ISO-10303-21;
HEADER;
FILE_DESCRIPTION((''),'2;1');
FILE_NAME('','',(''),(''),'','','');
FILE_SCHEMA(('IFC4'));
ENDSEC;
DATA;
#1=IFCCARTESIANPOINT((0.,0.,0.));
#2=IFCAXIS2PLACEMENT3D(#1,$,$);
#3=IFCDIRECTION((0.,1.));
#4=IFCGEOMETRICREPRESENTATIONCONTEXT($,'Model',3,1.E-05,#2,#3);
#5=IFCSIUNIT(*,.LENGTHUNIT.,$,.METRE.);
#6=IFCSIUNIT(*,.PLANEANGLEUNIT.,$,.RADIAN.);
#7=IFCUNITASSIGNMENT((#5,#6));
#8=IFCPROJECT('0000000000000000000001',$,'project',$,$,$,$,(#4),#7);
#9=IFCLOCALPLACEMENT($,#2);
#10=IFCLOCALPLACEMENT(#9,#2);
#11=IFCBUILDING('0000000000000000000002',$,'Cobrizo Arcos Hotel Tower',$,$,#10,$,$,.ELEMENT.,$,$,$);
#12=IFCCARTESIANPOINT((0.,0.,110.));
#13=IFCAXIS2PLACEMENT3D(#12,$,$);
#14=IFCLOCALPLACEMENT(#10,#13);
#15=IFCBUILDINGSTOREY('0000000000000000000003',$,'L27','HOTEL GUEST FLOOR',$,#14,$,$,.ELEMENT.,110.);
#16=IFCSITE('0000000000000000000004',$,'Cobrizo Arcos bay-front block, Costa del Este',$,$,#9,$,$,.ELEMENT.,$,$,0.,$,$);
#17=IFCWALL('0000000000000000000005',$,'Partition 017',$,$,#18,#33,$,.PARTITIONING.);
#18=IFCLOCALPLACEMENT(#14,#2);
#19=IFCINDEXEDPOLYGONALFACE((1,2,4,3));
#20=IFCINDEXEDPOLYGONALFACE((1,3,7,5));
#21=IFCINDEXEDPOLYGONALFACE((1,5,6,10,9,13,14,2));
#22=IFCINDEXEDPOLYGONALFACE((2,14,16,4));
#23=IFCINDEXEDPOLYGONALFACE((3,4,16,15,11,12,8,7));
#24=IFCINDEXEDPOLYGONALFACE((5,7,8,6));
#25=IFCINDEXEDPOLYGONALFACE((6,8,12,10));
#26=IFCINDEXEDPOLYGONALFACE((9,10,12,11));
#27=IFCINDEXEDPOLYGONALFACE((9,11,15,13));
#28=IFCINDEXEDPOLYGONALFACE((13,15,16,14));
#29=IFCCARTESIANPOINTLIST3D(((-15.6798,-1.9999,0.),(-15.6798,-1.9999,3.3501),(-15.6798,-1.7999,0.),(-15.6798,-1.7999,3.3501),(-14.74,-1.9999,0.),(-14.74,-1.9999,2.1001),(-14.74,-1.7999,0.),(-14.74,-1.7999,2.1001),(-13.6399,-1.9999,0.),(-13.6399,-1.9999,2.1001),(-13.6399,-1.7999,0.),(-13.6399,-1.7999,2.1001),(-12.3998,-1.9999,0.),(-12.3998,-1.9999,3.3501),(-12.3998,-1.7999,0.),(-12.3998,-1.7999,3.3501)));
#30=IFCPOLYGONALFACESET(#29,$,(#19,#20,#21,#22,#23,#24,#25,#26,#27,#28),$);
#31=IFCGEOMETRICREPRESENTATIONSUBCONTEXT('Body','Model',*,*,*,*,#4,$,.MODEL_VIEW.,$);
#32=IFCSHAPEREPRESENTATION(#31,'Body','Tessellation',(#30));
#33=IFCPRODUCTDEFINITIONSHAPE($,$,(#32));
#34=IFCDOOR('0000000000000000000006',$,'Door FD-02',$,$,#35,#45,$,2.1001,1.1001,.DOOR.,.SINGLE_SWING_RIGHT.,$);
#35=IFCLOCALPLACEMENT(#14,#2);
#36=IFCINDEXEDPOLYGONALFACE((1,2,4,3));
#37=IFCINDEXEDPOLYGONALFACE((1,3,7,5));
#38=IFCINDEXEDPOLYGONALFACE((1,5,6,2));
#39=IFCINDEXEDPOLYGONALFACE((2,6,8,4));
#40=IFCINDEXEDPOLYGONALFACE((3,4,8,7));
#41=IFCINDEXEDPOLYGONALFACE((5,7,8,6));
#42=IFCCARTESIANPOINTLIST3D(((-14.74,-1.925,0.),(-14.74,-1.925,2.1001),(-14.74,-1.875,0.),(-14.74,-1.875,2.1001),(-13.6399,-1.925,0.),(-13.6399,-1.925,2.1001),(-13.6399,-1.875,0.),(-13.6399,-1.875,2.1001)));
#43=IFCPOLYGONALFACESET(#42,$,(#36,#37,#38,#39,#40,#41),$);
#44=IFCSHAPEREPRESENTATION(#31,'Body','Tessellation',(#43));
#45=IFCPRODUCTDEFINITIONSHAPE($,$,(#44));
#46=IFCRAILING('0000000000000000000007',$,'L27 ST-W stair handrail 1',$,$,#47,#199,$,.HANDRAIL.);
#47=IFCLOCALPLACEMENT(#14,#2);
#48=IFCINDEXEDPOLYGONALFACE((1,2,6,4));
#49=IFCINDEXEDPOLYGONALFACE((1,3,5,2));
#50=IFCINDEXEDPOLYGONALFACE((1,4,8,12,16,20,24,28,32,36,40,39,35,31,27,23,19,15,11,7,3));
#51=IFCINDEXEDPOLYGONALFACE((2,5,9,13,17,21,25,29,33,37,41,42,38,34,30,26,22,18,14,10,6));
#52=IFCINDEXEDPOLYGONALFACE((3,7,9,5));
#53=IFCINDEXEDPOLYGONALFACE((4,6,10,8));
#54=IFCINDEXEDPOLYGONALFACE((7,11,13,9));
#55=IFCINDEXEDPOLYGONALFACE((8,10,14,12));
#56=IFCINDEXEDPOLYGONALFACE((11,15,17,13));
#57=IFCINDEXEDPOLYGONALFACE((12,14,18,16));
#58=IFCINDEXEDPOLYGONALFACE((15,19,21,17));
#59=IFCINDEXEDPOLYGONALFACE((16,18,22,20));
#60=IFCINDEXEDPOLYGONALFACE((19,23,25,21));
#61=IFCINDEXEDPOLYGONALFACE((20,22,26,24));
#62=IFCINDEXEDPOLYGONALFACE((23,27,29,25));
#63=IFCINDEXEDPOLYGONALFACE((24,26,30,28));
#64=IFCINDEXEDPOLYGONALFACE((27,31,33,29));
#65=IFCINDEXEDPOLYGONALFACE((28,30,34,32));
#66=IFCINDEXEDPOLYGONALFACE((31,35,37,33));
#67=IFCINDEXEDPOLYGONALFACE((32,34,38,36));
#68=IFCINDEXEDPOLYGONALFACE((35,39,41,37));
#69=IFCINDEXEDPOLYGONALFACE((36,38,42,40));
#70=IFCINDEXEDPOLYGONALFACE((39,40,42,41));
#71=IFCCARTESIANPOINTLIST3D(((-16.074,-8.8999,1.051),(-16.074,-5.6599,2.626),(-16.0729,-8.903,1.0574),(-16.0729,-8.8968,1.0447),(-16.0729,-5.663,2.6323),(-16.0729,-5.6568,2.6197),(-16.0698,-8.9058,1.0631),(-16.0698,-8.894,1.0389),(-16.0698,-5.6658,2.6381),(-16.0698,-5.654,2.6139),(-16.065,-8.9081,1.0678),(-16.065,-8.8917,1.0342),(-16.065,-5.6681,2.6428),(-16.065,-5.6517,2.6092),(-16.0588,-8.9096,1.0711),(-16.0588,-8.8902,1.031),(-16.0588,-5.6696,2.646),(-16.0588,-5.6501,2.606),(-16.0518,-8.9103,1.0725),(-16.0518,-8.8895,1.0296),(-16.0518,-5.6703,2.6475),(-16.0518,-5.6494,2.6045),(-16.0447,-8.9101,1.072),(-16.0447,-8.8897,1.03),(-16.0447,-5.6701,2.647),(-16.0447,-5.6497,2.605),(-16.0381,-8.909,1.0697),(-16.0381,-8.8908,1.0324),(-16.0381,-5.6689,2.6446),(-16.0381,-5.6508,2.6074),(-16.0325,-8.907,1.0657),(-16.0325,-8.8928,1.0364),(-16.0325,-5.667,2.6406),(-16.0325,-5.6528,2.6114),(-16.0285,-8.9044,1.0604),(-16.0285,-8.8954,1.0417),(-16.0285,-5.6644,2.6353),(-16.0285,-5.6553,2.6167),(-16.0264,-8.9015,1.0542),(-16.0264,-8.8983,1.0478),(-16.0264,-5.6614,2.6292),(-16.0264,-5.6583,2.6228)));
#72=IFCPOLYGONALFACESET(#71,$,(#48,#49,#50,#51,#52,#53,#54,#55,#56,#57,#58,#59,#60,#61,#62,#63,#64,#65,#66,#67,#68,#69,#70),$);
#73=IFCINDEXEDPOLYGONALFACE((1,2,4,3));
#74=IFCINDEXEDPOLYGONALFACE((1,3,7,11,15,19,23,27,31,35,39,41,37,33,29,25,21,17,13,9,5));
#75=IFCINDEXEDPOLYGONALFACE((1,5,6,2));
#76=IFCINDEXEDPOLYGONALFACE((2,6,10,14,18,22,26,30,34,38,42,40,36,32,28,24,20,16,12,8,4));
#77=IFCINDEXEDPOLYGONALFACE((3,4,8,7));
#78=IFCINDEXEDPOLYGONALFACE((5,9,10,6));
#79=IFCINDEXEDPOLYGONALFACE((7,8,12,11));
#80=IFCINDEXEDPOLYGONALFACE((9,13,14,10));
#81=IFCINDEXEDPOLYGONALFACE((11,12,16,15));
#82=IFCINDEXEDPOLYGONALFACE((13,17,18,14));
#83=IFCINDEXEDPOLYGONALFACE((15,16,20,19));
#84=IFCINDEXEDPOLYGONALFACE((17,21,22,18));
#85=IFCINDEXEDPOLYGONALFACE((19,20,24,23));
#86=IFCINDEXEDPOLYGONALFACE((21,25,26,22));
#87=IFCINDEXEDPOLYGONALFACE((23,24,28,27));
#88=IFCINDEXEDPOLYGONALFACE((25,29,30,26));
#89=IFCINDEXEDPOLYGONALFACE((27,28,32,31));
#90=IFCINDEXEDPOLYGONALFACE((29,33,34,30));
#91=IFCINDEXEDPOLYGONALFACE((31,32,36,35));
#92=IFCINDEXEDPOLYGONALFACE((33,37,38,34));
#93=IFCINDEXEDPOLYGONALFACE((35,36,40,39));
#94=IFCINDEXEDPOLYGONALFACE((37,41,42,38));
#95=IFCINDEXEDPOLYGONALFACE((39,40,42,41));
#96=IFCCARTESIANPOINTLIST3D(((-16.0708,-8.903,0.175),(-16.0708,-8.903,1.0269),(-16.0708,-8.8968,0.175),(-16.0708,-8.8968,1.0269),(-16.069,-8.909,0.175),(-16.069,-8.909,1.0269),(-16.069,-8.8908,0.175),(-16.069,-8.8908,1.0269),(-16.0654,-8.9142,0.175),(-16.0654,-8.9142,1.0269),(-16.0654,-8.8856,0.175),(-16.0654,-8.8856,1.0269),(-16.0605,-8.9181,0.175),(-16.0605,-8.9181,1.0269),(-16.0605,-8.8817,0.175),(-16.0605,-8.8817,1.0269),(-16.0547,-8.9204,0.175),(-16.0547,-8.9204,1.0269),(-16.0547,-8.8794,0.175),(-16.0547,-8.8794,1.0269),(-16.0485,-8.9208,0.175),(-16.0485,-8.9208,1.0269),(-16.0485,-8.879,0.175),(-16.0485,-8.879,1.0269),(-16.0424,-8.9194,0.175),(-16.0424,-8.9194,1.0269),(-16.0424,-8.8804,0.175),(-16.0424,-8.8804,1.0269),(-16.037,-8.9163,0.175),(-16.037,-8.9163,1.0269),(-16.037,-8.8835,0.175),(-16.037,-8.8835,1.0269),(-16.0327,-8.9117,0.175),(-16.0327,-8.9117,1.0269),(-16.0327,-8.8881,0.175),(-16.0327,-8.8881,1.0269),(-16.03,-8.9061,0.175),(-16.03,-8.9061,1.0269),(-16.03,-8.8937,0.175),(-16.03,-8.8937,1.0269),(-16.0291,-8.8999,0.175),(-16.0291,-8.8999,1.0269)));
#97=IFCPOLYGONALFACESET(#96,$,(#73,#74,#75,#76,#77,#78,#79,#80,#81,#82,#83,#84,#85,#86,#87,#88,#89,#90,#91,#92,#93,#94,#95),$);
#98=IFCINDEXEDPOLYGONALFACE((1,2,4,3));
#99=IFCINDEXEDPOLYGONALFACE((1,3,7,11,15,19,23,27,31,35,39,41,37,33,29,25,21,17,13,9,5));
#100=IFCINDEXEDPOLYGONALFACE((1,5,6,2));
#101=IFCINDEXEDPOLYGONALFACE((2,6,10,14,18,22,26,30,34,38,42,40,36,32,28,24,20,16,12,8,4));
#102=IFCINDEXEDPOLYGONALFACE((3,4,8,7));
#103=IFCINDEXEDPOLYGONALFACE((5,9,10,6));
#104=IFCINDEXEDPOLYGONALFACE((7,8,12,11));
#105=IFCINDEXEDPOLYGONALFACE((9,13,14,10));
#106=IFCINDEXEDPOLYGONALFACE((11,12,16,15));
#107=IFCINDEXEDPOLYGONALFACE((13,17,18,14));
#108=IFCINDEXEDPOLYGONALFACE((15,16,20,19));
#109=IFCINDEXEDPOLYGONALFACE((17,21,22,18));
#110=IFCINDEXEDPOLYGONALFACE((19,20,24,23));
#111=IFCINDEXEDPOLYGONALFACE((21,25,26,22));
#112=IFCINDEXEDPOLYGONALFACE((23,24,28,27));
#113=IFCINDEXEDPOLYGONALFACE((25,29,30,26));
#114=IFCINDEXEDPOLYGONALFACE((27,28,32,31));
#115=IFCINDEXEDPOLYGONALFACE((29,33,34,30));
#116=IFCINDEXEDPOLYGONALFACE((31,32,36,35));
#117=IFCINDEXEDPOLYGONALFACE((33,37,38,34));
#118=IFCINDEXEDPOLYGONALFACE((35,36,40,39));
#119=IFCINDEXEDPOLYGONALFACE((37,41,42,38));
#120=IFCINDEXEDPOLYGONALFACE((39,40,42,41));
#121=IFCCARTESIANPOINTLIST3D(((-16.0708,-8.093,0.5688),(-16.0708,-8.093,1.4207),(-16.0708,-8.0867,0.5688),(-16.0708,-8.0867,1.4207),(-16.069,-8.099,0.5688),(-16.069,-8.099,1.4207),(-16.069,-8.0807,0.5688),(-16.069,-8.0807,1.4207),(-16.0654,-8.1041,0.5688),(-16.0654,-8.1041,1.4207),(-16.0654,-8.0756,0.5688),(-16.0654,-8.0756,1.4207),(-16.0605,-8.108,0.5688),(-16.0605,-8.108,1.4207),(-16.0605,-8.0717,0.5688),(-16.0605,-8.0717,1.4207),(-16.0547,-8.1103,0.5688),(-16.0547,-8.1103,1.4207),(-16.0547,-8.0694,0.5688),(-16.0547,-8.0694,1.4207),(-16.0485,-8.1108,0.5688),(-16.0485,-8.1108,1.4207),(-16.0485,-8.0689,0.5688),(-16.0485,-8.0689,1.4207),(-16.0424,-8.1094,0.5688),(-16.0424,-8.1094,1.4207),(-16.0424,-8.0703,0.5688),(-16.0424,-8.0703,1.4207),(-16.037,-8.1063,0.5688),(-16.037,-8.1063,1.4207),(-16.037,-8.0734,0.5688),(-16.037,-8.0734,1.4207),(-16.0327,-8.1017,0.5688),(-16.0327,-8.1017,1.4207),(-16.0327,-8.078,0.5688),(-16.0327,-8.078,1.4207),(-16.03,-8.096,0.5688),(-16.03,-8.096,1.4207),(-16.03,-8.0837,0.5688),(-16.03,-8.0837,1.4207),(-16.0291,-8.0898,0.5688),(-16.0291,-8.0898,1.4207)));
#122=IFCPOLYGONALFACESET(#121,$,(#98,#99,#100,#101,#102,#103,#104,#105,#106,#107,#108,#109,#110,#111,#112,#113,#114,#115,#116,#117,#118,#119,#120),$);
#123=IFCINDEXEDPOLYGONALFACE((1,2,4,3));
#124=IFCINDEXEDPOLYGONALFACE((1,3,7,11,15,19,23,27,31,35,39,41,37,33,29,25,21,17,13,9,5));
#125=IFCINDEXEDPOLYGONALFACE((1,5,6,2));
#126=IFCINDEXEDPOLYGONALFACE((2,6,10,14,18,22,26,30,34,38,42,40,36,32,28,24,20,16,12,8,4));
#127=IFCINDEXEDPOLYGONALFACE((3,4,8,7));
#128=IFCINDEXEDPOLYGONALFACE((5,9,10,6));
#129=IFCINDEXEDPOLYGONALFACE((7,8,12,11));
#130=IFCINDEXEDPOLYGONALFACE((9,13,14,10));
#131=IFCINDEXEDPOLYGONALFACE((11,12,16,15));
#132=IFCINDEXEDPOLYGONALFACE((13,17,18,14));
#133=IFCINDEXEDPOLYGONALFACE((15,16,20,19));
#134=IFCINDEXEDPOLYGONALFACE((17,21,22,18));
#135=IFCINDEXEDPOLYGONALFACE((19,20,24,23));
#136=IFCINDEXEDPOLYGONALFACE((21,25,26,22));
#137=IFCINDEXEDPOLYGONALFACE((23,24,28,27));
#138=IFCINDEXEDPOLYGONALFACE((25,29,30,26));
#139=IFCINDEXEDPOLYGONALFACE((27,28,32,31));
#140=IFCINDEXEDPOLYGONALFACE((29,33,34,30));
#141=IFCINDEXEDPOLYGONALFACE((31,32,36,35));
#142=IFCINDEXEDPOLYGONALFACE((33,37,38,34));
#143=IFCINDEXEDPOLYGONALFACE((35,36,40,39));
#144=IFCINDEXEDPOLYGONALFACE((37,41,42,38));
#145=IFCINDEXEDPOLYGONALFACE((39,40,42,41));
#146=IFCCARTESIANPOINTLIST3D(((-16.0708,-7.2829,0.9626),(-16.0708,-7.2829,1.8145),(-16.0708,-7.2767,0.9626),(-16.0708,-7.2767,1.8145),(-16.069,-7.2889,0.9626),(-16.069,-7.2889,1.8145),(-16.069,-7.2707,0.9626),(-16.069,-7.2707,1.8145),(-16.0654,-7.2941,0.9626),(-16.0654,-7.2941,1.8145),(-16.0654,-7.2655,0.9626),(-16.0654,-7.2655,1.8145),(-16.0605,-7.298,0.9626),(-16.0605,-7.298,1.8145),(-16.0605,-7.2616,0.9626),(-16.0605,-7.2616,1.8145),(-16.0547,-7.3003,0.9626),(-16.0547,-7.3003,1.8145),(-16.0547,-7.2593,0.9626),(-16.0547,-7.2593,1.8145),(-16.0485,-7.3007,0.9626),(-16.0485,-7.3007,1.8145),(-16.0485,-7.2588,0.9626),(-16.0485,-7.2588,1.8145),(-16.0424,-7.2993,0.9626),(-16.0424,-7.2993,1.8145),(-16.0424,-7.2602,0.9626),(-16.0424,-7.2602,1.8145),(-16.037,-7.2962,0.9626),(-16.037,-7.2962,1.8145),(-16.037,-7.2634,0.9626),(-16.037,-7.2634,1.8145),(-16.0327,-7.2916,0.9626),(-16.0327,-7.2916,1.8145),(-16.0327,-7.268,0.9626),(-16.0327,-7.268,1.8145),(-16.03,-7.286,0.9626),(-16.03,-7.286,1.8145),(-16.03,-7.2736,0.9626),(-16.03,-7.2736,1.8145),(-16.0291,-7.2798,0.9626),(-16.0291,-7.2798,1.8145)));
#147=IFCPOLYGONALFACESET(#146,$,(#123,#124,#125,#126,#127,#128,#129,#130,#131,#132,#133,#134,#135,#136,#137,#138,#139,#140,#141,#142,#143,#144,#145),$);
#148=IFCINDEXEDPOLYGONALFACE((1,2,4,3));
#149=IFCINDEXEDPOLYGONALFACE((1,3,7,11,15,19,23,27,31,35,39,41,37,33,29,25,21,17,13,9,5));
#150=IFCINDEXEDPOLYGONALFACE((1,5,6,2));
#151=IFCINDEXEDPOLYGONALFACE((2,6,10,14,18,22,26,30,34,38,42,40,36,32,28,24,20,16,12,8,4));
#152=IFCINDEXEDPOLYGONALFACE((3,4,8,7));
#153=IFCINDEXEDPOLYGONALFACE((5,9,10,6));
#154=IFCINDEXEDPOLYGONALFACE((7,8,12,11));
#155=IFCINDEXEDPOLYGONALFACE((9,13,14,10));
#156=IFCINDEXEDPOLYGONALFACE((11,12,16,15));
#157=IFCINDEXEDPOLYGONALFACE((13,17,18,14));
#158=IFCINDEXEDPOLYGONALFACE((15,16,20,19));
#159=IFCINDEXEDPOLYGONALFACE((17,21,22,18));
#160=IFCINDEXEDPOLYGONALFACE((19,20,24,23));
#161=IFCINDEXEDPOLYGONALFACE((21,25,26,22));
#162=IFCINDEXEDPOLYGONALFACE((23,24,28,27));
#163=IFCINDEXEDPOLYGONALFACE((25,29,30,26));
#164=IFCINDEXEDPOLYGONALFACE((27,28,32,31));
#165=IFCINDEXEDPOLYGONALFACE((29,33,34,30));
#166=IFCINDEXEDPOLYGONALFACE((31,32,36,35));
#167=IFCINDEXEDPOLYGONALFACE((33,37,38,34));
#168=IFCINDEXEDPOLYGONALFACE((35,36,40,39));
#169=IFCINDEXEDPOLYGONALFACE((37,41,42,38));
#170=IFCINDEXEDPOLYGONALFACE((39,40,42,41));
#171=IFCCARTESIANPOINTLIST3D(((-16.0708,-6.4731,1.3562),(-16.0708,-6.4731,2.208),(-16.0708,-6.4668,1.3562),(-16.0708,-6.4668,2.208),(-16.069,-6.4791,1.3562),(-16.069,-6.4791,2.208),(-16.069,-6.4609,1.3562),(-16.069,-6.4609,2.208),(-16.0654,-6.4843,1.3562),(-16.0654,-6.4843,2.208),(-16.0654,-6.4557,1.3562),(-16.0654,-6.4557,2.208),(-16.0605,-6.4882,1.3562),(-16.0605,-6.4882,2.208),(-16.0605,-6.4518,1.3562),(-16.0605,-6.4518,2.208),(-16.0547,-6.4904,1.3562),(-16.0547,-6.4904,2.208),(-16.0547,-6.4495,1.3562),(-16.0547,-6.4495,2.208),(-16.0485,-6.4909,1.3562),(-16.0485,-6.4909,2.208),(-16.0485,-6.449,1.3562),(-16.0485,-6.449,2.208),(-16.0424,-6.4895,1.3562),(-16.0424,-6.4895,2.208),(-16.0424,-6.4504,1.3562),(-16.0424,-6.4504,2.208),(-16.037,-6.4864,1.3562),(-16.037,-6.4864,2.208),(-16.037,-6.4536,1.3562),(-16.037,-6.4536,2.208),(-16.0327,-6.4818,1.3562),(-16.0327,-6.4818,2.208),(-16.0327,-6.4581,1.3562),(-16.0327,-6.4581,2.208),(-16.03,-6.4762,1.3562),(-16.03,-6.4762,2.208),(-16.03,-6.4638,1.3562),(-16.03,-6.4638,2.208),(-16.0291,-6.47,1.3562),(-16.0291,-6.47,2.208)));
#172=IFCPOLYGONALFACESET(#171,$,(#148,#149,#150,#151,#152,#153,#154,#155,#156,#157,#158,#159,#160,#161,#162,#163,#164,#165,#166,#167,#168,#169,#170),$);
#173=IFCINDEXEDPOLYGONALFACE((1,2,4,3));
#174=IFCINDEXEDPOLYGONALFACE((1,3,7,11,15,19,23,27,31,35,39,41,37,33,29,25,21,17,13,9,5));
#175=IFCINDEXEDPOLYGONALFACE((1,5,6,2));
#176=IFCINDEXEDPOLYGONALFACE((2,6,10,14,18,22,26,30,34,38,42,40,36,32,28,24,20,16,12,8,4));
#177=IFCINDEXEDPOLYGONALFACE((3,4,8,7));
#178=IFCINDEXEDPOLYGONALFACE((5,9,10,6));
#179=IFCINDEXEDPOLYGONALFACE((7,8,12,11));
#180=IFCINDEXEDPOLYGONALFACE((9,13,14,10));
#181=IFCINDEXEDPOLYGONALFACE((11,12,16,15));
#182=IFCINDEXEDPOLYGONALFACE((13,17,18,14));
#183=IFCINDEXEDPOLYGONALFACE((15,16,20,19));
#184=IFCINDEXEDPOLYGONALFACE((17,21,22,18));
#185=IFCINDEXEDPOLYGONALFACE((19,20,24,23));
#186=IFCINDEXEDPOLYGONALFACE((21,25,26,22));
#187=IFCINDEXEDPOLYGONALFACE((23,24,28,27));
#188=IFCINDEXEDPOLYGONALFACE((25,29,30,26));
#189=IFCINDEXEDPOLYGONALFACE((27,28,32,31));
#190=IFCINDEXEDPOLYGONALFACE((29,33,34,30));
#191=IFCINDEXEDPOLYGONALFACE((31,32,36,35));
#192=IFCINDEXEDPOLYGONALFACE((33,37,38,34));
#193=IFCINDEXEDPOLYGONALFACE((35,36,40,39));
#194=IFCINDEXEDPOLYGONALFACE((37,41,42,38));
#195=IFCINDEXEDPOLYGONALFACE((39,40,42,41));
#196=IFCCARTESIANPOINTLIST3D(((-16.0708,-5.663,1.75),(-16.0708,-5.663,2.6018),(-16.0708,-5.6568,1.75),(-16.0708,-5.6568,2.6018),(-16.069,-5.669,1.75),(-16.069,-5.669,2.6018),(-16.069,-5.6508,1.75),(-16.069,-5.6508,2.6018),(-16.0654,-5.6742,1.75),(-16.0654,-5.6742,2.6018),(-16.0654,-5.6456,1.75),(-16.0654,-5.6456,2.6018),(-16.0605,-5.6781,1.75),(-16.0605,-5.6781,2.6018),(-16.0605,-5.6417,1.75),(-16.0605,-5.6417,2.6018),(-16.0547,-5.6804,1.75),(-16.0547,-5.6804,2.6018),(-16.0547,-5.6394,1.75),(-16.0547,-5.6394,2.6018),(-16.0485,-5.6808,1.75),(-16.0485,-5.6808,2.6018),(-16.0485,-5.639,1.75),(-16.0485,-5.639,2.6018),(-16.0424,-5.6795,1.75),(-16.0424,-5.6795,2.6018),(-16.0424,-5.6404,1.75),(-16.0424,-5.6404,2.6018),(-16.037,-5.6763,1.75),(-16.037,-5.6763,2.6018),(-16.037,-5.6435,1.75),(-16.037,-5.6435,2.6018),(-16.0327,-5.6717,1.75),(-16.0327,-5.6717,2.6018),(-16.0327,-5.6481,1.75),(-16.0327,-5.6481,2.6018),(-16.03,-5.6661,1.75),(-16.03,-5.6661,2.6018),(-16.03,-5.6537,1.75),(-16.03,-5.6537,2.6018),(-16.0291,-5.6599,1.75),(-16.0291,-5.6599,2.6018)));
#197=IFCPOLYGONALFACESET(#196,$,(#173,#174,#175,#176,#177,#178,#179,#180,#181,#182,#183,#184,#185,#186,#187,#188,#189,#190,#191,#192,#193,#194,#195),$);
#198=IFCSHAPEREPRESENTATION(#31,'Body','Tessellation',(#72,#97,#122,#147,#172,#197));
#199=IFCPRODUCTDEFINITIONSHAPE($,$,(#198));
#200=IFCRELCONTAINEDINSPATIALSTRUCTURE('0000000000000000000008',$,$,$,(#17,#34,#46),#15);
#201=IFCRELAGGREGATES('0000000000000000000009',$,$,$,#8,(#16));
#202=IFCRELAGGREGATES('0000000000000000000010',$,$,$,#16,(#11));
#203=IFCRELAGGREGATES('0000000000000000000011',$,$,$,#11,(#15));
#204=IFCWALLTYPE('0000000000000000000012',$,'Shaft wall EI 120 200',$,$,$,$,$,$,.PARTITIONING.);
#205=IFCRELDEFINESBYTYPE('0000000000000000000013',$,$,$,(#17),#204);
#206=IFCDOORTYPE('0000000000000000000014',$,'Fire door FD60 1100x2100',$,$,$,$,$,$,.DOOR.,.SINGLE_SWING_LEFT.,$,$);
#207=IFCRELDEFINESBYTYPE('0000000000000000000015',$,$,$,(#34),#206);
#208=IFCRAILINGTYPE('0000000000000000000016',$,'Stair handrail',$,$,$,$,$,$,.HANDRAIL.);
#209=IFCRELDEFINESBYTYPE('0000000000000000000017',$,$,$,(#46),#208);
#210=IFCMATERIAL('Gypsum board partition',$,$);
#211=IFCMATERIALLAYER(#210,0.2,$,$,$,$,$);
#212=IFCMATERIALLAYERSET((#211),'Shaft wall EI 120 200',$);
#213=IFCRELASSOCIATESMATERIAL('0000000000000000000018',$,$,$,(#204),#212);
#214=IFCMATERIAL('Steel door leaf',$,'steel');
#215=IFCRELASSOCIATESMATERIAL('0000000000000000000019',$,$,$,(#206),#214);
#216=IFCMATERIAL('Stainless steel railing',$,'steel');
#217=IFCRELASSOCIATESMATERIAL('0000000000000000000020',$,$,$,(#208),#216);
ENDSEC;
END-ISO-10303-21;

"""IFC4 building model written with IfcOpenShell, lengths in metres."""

from ifc_helpers import new_model, si_unit, direction, frame, frame_2d, origin, origin_2d, place, context, subcontext, project, spatial, rectangle, circle, extrude, material, layer, layer_set, type_object, element, fill, save


model = new_model("IFC4")

# Units and contexts
model_context = context("Model", 3, precision=1e-05, world=origin(), true_north=direction((0.0, 1.0)))
body_context = subcontext(model_context, "Body", "Model", "MODEL_VIEW")
ifc_project = project(units=[si_unit("LENGTHUNIT", "METRE"), si_unit("PLANEANGLEUNIT", "RADIAN")], contexts=[model_context])

# Site, building, storey
site_placement = place(None, origin())
site = spatial("IfcSite", under=ifc_project, at=site_placement, Name="Cobrizo Arcos bay-front block, Costa del Este", CompositionType="ELEMENT", RefElevation=0.0)
building_placement = place(site_placement, origin())
building = spatial("IfcBuilding", under=site, at=building_placement, Name="Cobrizo Arcos Hotel Tower", CompositionType="ELEMENT")
storey_placement = place(building_placement, frame((0.0, 0.0, 110.0)))
storey = spatial("IfcBuildingStorey", under=building, at=storey_placement, Name="L27", Description="HOTEL GUEST FLOOR", CompositionType="ELEMENT", Elevation=110.0)

# Shared definitions
ifc_material_1 = material(Name="Gypsum board partition")

# Wall, opening, door
ifc_layer_1 = layer(ifc_material_1, 0.2)
ifc_layer_set_1 = layer_set([ifc_layer_1], Name="Shaft wall EI 120 200")
wall_type_1 = type_object("IfcWallType", Name="Shaft wall EI 120 200", PredefinedType="PARTITIONING", material=ifc_layer_set_1)
wall_1_placement = place(storey_placement, frame((-15.6799, -1.8999, 0.0), z_axis=(0.0, 0.0, 1.0), x_axis=(1.0, 0.0, 0.0)))
wall_1 = element("IfcWall", 1, at=wall_1_placement, inside=storey, type_object=wall_type_1, Name="Partition 017", PredefinedType="PARTITIONING", context=body_context, shape_type="SweptSolid", body=[
    extrude(rectangle(XDim=3.28, YDim=0.2, at=frame_2d((1.6401, 0.0))), origin(), (0.0, 0.0, 1.0), 3.3501),
])
opening_1_placement = place(wall_1_placement, frame((0.9399, 0.0, 0.0)))
opening_1 = element("IfcOpeningElement", 2, at=opening_1_placement, cuts=wall_1, PredefinedType="OPENING", context=body_context, shape_type="SweptSolid", body=[
    extrude(rectangle(XDim=1.1001, YDim=2.1001, at=frame_2d((0.55, 1.05))), frame((0.0, 0.1121, 0.0), z_axis=(0.0, -1.0, 0.0), x_axis=(1.0, 0.0, 0.0)), (0.0, 0.0, 1.0), 0.2239),
])
ifc_material_2 = material(Name="Steel door leaf", Category="steel")
door_type_1 = type_object("IfcDoorType", Name="Fire door FD60 1100x2100", OperationType="SINGLE_SWING_LEFT", PredefinedType="DOOR", material=ifc_material_2)
door_1_placement = place(opening_1_placement, origin())
door_1 = element("IfcDoor", 3, at=door_1_placement, inside=storey, type_object=door_type_1, Name="Door FD-02", OperationType="SINGLE_SWING_RIGHT", OverallHeight=2.1001, OverallWidth=1.1001, PredefinedType="DOOR", context=body_context, shape_type="SweptSolid", body=[
    extrude(rectangle(XDim=1.1001, YDim=2.1001, at=frame_2d((0.55, 1.05))), frame((0.0, 0.0249, 0.0), z_axis=(0.0, -1.0, 0.0), x_axis=(1.0, 0.0, 0.0)), (0.0, 0.0, 1.0), 0.05),
])
fill(opening_1, door_1)

# Railing
ifc_material_3 = material(Name="Stainless steel railing", Category="steel")
railing_type = type_object("IfcRailingType", Name="Stair handrail", PredefinedType="HANDRAIL", material=ifc_material_3)
railing_placement = place(storey_placement, frame((-16.05, -8.8999, 0.175)))
element("IfcRailing", 4, at=railing_placement, inside=storey, type_object=railing_type, Name="L27 ST-W stair handrail 1", PredefinedType="HANDRAIL", context=body_context, shape_type="SweptSolid", body=[
    extrude(circle(Radius=0.0239, at=origin_2d()), frame((0.0, 0.0, 0.876), z_axis=(0.0, 0.899373, 0.437183), x_axis=(-1.0, 0.0, 0.0)), (0.0, 0.0, 1.0), 3.6025),
    extrude(circle(Radius=0.021, at=origin_2d()), origin(), (0.0, 0.0, 1.0), 0.8518),
    extrude(circle(Radius=0.021, at=origin_2d()), frame((0.0, 0.8101, 0.3938)), (0.0, 0.0, 1.0), 0.8518),
    extrude(circle(Radius=0.021, at=origin_2d()), frame((0.0, 1.6201, 0.7876)), (0.0, 0.0, 1.0), 0.8518),
    extrude(circle(Radius=0.021, at=origin_2d()), frame((0.0, 2.4299, 1.1812)), (0.0, 0.0, 1.0), 0.8518),
    extrude(circle(Radius=0.021, at=origin_2d()), frame((0.0, 3.24, 1.575)), (0.0, 0.0, 1.0), 0.8518),
])

save(model, "model.ifc")
